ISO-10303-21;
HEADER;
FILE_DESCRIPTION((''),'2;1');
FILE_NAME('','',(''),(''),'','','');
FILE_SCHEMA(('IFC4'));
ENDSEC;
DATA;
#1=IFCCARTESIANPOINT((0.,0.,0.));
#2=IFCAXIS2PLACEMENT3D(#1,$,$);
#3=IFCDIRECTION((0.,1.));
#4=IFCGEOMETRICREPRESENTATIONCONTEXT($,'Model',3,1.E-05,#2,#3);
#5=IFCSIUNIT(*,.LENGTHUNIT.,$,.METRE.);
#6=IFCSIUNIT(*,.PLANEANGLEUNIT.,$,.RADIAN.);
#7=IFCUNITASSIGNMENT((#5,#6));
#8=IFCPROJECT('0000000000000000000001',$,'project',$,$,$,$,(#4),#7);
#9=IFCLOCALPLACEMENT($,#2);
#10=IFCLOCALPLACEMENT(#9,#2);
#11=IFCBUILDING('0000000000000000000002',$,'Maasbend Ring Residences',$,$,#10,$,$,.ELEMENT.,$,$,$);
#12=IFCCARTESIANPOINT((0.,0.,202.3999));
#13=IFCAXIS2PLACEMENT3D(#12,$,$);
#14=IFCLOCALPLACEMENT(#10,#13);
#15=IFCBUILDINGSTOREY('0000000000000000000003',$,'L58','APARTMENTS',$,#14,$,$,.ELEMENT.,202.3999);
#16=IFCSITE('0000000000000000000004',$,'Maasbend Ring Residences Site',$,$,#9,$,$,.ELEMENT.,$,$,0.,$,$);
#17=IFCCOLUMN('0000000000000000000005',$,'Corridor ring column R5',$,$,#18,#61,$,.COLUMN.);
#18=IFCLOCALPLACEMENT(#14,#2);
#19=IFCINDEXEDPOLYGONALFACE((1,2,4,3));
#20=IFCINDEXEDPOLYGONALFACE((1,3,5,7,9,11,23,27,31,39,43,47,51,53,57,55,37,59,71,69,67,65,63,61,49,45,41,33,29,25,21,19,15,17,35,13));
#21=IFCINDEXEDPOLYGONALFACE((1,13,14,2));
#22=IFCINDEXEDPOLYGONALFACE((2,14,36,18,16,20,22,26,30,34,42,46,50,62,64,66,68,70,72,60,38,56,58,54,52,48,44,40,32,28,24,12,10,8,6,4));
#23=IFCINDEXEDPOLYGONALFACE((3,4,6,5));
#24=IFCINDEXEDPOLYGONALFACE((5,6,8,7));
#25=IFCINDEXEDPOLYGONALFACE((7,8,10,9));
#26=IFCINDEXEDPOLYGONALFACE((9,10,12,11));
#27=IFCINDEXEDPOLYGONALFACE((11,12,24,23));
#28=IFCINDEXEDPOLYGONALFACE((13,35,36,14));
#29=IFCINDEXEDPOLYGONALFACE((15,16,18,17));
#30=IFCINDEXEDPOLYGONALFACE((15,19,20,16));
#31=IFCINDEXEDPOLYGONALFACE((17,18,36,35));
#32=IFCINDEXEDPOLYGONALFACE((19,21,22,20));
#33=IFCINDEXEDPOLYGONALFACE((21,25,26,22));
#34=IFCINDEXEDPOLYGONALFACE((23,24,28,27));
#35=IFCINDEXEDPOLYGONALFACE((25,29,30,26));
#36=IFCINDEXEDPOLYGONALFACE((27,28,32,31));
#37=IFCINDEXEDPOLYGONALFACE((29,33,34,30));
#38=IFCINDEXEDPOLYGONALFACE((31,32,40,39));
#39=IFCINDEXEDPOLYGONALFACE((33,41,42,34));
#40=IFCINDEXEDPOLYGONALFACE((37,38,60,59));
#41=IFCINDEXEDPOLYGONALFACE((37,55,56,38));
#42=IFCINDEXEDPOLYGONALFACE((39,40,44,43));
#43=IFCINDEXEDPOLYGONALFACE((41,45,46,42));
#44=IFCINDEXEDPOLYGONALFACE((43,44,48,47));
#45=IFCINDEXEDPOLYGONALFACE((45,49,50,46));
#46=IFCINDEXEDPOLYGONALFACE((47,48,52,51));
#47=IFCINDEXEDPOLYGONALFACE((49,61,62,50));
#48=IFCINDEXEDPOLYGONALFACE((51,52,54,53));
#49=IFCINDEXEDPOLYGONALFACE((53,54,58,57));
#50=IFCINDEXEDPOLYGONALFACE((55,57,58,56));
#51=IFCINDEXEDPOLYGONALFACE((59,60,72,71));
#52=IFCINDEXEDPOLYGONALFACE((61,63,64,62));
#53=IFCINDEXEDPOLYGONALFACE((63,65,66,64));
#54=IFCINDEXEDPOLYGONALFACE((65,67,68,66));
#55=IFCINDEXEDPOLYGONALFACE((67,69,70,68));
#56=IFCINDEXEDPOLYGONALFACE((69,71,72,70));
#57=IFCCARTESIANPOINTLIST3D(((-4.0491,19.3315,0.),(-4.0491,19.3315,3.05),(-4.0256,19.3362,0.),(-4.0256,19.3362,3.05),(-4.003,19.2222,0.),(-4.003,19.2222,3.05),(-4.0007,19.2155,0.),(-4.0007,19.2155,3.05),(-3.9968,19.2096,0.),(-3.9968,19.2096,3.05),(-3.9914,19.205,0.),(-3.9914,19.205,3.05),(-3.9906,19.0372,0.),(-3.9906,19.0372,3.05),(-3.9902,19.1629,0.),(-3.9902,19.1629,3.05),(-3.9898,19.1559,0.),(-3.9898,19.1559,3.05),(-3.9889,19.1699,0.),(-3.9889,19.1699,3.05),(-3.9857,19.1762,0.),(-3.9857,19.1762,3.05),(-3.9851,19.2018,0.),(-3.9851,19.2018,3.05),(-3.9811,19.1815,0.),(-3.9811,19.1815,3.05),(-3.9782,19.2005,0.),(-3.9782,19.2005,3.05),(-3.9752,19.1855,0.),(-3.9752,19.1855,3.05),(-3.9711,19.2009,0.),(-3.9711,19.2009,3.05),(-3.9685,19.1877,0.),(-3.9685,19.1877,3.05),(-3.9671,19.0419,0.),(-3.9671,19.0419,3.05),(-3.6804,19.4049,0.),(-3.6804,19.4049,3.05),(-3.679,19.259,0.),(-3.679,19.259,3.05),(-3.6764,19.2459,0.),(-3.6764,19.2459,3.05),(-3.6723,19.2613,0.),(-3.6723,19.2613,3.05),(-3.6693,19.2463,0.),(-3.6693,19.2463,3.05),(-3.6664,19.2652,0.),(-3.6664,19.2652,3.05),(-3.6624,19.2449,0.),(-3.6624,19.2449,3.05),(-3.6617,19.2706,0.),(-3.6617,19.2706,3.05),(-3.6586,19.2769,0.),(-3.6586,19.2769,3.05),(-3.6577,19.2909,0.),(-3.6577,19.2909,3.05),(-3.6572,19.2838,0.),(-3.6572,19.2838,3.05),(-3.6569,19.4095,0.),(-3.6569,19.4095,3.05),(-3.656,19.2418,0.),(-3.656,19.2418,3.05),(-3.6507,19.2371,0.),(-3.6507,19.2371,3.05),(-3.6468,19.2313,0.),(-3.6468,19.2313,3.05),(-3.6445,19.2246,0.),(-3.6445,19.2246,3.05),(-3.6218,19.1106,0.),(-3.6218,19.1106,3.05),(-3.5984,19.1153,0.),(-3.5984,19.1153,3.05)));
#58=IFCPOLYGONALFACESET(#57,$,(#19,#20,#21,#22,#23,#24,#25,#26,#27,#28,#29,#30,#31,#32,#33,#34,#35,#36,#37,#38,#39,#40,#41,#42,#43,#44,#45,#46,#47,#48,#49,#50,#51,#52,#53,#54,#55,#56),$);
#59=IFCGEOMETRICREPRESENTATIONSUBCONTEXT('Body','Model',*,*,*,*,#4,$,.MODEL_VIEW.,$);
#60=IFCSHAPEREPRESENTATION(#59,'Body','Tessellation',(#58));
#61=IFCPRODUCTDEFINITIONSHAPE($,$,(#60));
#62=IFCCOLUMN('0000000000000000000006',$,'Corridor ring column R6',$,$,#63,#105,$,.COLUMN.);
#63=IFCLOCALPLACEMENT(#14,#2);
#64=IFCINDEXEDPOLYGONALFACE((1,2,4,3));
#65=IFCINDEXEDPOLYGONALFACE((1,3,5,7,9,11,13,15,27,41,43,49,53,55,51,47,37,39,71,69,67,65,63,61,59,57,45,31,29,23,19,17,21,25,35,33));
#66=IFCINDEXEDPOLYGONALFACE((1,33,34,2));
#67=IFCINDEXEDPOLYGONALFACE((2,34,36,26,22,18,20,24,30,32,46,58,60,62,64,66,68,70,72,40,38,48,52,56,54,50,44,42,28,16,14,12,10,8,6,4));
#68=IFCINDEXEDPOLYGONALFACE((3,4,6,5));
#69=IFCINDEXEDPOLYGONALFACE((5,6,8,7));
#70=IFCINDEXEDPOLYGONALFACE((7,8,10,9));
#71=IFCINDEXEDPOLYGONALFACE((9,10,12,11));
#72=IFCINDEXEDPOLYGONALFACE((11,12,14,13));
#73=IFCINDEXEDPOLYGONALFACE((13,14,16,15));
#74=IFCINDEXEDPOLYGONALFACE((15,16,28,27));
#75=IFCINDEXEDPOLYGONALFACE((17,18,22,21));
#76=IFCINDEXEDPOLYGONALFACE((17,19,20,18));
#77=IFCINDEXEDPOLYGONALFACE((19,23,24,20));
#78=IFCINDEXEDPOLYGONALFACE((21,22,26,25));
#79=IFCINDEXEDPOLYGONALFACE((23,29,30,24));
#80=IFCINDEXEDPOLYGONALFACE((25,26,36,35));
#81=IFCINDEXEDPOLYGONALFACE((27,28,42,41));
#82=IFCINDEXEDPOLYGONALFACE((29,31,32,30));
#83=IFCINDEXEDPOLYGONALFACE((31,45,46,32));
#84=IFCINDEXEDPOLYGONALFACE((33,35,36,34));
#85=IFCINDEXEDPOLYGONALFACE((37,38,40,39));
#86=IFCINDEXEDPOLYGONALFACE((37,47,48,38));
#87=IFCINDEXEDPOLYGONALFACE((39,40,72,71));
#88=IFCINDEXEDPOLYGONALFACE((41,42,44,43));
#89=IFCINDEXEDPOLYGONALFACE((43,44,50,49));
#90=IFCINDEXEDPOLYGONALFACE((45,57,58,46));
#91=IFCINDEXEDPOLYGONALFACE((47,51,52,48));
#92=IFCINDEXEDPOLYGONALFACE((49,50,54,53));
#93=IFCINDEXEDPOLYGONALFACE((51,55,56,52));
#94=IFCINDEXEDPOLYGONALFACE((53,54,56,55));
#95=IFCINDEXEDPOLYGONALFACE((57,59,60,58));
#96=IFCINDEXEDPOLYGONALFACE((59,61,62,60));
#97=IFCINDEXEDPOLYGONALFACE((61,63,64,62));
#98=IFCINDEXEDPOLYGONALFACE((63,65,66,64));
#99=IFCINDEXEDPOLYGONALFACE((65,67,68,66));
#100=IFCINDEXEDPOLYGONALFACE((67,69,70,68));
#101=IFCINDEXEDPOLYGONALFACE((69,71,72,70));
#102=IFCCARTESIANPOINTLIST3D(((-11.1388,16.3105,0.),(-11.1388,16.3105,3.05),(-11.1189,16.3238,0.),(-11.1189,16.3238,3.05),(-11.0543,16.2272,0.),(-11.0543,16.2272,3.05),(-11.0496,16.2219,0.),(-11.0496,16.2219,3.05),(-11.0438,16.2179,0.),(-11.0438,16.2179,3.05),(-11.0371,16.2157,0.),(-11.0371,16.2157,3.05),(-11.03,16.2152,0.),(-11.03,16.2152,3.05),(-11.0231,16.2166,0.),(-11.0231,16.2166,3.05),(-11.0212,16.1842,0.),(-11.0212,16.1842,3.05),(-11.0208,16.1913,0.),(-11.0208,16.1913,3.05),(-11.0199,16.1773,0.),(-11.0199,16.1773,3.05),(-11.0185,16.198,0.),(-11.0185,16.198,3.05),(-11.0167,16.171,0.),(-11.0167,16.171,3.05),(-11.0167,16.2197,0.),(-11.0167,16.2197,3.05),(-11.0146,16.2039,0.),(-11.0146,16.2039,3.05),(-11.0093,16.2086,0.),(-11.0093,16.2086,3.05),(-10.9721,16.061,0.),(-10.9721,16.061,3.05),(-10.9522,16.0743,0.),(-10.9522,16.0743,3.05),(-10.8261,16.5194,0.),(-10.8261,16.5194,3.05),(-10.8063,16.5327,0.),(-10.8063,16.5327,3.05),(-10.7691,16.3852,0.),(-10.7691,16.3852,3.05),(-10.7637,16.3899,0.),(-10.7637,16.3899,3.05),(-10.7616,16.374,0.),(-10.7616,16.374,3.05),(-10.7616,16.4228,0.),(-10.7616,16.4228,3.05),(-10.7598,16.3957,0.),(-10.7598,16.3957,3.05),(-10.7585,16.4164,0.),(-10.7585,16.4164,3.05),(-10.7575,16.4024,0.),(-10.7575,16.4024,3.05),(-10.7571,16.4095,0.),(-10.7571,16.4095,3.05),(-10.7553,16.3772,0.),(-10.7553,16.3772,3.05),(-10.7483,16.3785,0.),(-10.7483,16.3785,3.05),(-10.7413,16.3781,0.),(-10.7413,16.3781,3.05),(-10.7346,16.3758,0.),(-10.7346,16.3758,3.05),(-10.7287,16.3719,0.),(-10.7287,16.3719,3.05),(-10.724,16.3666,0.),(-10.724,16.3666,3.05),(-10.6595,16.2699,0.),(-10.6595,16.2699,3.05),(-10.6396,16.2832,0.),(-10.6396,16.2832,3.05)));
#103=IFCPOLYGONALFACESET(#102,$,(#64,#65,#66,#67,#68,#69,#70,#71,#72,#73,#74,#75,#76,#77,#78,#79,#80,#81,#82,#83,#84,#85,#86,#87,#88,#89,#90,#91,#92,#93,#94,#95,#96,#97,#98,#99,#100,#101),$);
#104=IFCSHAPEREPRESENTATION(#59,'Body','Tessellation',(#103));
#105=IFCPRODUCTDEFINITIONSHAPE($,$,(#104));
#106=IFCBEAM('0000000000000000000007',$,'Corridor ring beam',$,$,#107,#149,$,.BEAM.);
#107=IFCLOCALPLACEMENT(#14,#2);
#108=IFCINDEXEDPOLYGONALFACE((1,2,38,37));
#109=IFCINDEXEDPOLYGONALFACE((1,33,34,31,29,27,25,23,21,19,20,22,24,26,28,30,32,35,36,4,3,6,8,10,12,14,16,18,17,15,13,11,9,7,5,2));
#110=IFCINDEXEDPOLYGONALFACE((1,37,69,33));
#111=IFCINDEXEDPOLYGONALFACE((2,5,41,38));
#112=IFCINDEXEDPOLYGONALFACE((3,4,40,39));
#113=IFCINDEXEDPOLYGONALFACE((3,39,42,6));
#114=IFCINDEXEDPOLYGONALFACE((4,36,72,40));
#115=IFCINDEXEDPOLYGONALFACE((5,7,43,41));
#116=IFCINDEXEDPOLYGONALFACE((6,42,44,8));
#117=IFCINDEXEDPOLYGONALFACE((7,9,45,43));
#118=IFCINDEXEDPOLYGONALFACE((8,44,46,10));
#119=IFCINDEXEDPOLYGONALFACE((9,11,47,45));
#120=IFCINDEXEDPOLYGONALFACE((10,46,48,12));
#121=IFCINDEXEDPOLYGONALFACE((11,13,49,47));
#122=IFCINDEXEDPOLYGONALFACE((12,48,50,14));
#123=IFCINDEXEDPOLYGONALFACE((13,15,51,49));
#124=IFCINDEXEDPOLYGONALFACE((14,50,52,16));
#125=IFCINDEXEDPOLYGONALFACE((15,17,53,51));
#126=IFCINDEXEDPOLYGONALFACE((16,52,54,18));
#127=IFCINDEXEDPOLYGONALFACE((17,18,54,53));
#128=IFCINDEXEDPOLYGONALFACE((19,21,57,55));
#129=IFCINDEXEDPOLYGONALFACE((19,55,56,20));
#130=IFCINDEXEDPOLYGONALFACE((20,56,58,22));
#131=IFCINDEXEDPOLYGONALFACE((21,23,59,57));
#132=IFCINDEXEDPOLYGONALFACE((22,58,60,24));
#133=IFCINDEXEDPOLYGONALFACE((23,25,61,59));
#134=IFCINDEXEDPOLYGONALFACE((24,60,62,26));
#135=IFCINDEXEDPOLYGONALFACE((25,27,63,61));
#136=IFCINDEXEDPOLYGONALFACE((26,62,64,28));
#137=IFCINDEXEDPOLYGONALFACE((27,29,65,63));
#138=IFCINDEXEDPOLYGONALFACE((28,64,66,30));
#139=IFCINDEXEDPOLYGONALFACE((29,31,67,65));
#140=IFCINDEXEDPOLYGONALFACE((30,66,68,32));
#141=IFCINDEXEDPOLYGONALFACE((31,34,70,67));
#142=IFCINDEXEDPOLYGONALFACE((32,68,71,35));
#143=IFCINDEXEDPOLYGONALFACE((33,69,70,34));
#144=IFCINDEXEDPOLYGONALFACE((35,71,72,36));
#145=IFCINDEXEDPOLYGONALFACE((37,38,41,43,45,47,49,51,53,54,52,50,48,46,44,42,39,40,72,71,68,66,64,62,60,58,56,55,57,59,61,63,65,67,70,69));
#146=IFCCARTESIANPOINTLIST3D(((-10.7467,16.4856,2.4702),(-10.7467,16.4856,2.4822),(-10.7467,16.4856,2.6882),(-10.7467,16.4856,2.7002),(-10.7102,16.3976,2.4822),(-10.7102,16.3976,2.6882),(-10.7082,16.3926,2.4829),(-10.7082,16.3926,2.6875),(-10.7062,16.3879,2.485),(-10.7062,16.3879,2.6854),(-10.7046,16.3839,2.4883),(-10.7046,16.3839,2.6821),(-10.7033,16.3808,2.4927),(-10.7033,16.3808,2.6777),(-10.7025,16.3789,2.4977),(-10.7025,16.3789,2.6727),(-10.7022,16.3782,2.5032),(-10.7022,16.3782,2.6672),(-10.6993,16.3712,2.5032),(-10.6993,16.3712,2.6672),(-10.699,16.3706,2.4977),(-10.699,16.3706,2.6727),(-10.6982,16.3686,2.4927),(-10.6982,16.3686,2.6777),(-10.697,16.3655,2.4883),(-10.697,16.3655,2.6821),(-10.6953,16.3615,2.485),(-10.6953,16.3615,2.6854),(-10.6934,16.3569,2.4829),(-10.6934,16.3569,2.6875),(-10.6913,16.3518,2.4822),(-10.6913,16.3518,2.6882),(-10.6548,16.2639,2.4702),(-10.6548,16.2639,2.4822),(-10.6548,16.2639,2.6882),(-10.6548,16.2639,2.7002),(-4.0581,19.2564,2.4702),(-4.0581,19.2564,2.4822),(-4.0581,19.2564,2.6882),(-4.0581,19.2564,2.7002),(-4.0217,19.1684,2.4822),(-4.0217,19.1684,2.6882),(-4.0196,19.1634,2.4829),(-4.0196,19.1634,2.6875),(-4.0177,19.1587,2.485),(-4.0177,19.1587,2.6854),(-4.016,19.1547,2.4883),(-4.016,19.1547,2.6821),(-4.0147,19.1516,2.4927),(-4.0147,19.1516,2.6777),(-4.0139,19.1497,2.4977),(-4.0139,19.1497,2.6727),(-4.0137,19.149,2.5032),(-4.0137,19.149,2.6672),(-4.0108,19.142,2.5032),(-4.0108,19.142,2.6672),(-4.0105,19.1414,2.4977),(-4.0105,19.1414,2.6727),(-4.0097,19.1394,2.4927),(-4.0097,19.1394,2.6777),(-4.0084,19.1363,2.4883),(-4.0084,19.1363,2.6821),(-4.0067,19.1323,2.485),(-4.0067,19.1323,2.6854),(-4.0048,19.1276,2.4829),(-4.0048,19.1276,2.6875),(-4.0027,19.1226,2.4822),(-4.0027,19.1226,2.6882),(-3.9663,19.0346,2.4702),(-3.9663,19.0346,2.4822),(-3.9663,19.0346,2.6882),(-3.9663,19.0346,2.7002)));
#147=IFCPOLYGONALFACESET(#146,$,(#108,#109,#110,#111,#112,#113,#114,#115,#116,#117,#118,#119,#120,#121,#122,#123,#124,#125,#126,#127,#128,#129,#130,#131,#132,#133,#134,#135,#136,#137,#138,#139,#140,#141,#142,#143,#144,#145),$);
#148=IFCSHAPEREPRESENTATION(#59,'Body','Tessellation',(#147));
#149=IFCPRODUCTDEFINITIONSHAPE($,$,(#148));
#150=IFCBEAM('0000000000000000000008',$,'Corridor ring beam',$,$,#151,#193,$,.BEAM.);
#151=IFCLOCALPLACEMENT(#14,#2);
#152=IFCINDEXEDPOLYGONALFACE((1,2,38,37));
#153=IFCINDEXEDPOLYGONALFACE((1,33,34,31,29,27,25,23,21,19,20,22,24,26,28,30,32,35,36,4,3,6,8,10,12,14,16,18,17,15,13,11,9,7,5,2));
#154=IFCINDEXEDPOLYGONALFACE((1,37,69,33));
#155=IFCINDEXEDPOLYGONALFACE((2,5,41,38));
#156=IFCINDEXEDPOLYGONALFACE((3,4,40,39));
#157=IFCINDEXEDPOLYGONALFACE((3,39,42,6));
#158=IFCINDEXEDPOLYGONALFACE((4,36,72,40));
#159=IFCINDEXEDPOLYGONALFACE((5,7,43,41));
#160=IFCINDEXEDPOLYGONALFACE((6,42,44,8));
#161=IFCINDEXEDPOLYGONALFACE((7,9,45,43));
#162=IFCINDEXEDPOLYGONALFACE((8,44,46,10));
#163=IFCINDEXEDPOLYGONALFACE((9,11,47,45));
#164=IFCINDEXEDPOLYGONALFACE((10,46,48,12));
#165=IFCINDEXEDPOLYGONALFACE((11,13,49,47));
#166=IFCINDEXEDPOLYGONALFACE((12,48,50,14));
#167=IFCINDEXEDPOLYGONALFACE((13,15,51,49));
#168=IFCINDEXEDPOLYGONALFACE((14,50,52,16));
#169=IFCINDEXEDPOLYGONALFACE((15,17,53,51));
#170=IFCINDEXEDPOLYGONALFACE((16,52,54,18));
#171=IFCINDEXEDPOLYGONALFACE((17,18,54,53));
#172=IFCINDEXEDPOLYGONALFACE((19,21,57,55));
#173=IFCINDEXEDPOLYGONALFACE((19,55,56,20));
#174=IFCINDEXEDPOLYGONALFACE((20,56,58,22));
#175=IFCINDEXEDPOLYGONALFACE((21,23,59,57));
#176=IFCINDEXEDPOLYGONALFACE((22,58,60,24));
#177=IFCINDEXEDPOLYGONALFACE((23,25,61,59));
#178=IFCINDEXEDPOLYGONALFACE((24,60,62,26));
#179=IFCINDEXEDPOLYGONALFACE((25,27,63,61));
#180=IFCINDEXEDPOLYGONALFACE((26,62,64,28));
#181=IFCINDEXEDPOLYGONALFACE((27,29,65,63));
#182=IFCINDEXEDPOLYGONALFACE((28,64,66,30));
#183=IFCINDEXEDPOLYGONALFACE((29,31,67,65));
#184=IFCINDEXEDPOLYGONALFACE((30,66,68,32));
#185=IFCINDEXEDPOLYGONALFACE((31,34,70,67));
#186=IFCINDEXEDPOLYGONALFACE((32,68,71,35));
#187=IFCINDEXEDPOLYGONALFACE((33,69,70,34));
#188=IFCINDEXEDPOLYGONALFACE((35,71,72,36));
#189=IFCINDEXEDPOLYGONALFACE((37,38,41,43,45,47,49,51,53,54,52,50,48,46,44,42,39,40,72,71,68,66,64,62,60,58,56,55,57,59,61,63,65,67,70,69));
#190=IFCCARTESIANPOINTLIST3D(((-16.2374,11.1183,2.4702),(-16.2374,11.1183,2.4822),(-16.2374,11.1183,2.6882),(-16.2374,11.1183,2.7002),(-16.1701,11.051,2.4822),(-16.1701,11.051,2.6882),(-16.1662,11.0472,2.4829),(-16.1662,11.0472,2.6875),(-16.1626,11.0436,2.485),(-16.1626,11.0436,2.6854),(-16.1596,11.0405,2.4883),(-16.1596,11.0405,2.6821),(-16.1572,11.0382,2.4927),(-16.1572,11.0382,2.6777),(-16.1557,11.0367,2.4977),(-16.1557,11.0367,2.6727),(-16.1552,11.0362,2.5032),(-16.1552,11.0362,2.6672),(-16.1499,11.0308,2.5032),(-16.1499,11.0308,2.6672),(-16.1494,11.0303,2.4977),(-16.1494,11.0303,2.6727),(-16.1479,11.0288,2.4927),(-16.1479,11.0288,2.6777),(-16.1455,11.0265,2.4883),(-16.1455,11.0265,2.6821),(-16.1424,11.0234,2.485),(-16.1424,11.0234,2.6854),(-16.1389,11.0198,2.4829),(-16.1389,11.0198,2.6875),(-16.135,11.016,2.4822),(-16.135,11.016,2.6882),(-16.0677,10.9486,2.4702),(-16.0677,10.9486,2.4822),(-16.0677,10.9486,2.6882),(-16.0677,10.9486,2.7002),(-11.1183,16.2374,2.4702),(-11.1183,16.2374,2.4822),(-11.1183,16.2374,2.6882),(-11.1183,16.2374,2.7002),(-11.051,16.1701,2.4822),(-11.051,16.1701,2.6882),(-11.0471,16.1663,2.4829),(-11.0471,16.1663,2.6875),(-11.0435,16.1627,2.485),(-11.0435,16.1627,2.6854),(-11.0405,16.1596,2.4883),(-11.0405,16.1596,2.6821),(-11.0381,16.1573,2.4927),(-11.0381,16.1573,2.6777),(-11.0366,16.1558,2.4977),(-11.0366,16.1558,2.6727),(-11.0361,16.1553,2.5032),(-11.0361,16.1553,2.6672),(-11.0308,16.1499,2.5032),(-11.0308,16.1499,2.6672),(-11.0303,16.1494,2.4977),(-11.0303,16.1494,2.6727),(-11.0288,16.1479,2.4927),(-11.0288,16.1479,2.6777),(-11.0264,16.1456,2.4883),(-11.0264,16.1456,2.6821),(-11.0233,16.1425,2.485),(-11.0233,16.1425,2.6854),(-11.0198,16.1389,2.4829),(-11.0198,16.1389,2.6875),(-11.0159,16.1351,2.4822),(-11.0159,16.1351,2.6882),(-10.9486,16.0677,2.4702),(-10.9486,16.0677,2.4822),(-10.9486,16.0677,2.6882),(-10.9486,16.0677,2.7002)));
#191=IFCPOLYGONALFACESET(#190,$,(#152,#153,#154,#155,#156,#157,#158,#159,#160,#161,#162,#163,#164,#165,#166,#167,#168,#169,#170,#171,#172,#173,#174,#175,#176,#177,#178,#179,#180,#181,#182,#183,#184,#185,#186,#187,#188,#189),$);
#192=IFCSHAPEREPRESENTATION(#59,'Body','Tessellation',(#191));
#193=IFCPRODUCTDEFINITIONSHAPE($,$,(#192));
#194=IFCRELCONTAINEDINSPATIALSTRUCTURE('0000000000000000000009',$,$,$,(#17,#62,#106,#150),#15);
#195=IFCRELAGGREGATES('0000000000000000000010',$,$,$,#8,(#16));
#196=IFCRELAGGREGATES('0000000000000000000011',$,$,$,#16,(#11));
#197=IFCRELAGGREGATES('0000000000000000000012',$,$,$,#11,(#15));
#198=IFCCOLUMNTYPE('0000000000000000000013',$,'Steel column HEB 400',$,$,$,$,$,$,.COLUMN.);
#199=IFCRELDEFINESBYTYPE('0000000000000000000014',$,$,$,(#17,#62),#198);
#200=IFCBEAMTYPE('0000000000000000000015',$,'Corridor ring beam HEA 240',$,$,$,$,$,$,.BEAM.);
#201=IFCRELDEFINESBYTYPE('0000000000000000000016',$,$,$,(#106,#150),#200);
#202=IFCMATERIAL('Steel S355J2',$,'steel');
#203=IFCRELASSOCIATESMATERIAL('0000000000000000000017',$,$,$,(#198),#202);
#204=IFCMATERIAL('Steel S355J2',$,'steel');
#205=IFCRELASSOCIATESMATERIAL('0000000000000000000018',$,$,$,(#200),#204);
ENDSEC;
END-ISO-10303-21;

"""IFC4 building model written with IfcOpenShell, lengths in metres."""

from ifc_helpers import new_model, si_unit, direction, frame, origin, origin_2d, place, context, subcontext, project, spatial, i_section, extrude, material, material_profile, profile_set, type_object, element, save


model = new_model("IFC4")

# Units and contexts
model_context = context("Model", 3, precision=1e-05, world=origin(), true_north=direction((0.0, 1.0)))
body_context = subcontext(model_context, "Body", "Model", "MODEL_VIEW")
ifc_project = project(units=[si_unit("LENGTHUNIT", "METRE"), si_unit("PLANEANGLEUNIT", "RADIAN")], contexts=[model_context])

# Site, building, storey
site_placement = place(None, origin())
site = spatial("IfcSite", under=ifc_project, at=site_placement, Name="Maasbend Ring Residences Site", CompositionType="ELEMENT", RefElevation=0.0)
building_placement = place(site_placement, origin())
building = spatial("IfcBuilding", under=site, at=building_placement, Name="Maasbend Ring Residences", CompositionType="ELEMENT")
storey_placement = place(building_placement, frame((0.0, 0.0, 202.3999)))
storey = spatial("IfcBuildingStorey", under=building, at=storey_placement, Name="L58", Description="APARTMENTS", CompositionType="ELEMENT", Elevation=202.3999)

# Columns
ifc_material_1 = material(Name="Steel S355J2", Category="steel")
ifc_material_profile_1 = material_profile(ifc_material_1, i_section(OverallWidth=0.3, OverallDepth=0.3999, WebThickness=0.0134, FlangeThickness=0.0239, FilletRadius=0.0271, at=origin_2d()), Name="HEB 400")
ifc_profile_set_1 = profile_set([ifc_material_profile_1], Name="Steel S355J2")
column_type = type_object("IfcColumnType", Name="Steel column HEB 400", PredefinedType="COLUMN", material=ifc_profile_set_1)
for number, where, z_axis, x_axis, name in (
    (1, (-3.8237, 19.2234, 0.0), (0.0, 0.0, 1.0), (-0.19509, 0.980785, 0.0), "Corridor ring column R5"),
    (2, (-10.8892, 16.2969, 0.0), (0.0, 0.0, 1.0), (-0.55557, 0.83147, 0.0), "Corridor ring column R6"),
):
    element("IfcColumn", number, at=place(storey_placement, frame(where, z_axis=z_axis, x_axis=x_axis)), inside=storey, type_object=column_type, Name=name, PredefinedType="COLUMN", context=body_context, shape_type="SweptSolid", body=[
        extrude(i_section(OverallWidth=0.3, OverallDepth=0.3999, WebThickness=0.0134, FlangeThickness=0.0239, FilletRadius=0.0271, at=origin_2d()), origin(), (0.0, 0.0, 1.0), 3.05),
    ])

# Beams
ifc_material_2 = material(Name="Steel S355J2", Category="steel")
ifc_material_profile_2 = material_profile(ifc_material_2, i_section(OverallWidth=0.24, OverallDepth=0.23, WebThickness=0.0076, FlangeThickness=0.012, FilletRadius=0.021, at=origin_2d()), Name="HEA 240")
ifc_profile_set_2 = profile_set([ifc_material_profile_2], Name="Steel S355J2")
beam_type = type_object("IfcBeamType", Name="Corridor ring beam HEA 240", PredefinedType="BEAM", material=ifc_profile_set_2)
beam_1_placement = place(storey_placement, frame((-4.0122, 19.1455, 2.5852), z_axis=(-0.923865, -0.382718, 0.0), x_axis=(0.382718, -0.923865, 0.0)))
element("IfcBeam", 3, at=beam_1_placement, inside=storey, type_object=beam_type, Name="Corridor ring beam", PredefinedType="BEAM", context=body_context, shape_type="SweptSolid", body=[
    extrude(i_section(OverallWidth=0.24, OverallDepth=0.23, WebThickness=0.0076, FlangeThickness=0.012, FilletRadius=0.021, at=origin_2d()), origin(), (0.0, 0.0, 1.0), 7.2397),
])
beam_2_placement = place(storey_placement, frame((-11.0334, 16.1526, 2.5852), z_axis=(-0.707107, -0.707107, 0.0), x_axis=(0.707107, -0.707107, 0.0)))
element("IfcBeam", 4, at=beam_2_placement, inside=storey, type_object=beam_type, Name="Corridor ring beam", PredefinedType="BEAM", context=body_context, shape_type="SweptSolid", body=[
    extrude(i_section(OverallWidth=0.24, OverallDepth=0.23, WebThickness=0.0076, FlangeThickness=0.012, FilletRadius=0.021, at=origin_2d()), origin(), (0.0, 0.0, 1.0), 7.2395),
])

save(model, "model.ifc")
